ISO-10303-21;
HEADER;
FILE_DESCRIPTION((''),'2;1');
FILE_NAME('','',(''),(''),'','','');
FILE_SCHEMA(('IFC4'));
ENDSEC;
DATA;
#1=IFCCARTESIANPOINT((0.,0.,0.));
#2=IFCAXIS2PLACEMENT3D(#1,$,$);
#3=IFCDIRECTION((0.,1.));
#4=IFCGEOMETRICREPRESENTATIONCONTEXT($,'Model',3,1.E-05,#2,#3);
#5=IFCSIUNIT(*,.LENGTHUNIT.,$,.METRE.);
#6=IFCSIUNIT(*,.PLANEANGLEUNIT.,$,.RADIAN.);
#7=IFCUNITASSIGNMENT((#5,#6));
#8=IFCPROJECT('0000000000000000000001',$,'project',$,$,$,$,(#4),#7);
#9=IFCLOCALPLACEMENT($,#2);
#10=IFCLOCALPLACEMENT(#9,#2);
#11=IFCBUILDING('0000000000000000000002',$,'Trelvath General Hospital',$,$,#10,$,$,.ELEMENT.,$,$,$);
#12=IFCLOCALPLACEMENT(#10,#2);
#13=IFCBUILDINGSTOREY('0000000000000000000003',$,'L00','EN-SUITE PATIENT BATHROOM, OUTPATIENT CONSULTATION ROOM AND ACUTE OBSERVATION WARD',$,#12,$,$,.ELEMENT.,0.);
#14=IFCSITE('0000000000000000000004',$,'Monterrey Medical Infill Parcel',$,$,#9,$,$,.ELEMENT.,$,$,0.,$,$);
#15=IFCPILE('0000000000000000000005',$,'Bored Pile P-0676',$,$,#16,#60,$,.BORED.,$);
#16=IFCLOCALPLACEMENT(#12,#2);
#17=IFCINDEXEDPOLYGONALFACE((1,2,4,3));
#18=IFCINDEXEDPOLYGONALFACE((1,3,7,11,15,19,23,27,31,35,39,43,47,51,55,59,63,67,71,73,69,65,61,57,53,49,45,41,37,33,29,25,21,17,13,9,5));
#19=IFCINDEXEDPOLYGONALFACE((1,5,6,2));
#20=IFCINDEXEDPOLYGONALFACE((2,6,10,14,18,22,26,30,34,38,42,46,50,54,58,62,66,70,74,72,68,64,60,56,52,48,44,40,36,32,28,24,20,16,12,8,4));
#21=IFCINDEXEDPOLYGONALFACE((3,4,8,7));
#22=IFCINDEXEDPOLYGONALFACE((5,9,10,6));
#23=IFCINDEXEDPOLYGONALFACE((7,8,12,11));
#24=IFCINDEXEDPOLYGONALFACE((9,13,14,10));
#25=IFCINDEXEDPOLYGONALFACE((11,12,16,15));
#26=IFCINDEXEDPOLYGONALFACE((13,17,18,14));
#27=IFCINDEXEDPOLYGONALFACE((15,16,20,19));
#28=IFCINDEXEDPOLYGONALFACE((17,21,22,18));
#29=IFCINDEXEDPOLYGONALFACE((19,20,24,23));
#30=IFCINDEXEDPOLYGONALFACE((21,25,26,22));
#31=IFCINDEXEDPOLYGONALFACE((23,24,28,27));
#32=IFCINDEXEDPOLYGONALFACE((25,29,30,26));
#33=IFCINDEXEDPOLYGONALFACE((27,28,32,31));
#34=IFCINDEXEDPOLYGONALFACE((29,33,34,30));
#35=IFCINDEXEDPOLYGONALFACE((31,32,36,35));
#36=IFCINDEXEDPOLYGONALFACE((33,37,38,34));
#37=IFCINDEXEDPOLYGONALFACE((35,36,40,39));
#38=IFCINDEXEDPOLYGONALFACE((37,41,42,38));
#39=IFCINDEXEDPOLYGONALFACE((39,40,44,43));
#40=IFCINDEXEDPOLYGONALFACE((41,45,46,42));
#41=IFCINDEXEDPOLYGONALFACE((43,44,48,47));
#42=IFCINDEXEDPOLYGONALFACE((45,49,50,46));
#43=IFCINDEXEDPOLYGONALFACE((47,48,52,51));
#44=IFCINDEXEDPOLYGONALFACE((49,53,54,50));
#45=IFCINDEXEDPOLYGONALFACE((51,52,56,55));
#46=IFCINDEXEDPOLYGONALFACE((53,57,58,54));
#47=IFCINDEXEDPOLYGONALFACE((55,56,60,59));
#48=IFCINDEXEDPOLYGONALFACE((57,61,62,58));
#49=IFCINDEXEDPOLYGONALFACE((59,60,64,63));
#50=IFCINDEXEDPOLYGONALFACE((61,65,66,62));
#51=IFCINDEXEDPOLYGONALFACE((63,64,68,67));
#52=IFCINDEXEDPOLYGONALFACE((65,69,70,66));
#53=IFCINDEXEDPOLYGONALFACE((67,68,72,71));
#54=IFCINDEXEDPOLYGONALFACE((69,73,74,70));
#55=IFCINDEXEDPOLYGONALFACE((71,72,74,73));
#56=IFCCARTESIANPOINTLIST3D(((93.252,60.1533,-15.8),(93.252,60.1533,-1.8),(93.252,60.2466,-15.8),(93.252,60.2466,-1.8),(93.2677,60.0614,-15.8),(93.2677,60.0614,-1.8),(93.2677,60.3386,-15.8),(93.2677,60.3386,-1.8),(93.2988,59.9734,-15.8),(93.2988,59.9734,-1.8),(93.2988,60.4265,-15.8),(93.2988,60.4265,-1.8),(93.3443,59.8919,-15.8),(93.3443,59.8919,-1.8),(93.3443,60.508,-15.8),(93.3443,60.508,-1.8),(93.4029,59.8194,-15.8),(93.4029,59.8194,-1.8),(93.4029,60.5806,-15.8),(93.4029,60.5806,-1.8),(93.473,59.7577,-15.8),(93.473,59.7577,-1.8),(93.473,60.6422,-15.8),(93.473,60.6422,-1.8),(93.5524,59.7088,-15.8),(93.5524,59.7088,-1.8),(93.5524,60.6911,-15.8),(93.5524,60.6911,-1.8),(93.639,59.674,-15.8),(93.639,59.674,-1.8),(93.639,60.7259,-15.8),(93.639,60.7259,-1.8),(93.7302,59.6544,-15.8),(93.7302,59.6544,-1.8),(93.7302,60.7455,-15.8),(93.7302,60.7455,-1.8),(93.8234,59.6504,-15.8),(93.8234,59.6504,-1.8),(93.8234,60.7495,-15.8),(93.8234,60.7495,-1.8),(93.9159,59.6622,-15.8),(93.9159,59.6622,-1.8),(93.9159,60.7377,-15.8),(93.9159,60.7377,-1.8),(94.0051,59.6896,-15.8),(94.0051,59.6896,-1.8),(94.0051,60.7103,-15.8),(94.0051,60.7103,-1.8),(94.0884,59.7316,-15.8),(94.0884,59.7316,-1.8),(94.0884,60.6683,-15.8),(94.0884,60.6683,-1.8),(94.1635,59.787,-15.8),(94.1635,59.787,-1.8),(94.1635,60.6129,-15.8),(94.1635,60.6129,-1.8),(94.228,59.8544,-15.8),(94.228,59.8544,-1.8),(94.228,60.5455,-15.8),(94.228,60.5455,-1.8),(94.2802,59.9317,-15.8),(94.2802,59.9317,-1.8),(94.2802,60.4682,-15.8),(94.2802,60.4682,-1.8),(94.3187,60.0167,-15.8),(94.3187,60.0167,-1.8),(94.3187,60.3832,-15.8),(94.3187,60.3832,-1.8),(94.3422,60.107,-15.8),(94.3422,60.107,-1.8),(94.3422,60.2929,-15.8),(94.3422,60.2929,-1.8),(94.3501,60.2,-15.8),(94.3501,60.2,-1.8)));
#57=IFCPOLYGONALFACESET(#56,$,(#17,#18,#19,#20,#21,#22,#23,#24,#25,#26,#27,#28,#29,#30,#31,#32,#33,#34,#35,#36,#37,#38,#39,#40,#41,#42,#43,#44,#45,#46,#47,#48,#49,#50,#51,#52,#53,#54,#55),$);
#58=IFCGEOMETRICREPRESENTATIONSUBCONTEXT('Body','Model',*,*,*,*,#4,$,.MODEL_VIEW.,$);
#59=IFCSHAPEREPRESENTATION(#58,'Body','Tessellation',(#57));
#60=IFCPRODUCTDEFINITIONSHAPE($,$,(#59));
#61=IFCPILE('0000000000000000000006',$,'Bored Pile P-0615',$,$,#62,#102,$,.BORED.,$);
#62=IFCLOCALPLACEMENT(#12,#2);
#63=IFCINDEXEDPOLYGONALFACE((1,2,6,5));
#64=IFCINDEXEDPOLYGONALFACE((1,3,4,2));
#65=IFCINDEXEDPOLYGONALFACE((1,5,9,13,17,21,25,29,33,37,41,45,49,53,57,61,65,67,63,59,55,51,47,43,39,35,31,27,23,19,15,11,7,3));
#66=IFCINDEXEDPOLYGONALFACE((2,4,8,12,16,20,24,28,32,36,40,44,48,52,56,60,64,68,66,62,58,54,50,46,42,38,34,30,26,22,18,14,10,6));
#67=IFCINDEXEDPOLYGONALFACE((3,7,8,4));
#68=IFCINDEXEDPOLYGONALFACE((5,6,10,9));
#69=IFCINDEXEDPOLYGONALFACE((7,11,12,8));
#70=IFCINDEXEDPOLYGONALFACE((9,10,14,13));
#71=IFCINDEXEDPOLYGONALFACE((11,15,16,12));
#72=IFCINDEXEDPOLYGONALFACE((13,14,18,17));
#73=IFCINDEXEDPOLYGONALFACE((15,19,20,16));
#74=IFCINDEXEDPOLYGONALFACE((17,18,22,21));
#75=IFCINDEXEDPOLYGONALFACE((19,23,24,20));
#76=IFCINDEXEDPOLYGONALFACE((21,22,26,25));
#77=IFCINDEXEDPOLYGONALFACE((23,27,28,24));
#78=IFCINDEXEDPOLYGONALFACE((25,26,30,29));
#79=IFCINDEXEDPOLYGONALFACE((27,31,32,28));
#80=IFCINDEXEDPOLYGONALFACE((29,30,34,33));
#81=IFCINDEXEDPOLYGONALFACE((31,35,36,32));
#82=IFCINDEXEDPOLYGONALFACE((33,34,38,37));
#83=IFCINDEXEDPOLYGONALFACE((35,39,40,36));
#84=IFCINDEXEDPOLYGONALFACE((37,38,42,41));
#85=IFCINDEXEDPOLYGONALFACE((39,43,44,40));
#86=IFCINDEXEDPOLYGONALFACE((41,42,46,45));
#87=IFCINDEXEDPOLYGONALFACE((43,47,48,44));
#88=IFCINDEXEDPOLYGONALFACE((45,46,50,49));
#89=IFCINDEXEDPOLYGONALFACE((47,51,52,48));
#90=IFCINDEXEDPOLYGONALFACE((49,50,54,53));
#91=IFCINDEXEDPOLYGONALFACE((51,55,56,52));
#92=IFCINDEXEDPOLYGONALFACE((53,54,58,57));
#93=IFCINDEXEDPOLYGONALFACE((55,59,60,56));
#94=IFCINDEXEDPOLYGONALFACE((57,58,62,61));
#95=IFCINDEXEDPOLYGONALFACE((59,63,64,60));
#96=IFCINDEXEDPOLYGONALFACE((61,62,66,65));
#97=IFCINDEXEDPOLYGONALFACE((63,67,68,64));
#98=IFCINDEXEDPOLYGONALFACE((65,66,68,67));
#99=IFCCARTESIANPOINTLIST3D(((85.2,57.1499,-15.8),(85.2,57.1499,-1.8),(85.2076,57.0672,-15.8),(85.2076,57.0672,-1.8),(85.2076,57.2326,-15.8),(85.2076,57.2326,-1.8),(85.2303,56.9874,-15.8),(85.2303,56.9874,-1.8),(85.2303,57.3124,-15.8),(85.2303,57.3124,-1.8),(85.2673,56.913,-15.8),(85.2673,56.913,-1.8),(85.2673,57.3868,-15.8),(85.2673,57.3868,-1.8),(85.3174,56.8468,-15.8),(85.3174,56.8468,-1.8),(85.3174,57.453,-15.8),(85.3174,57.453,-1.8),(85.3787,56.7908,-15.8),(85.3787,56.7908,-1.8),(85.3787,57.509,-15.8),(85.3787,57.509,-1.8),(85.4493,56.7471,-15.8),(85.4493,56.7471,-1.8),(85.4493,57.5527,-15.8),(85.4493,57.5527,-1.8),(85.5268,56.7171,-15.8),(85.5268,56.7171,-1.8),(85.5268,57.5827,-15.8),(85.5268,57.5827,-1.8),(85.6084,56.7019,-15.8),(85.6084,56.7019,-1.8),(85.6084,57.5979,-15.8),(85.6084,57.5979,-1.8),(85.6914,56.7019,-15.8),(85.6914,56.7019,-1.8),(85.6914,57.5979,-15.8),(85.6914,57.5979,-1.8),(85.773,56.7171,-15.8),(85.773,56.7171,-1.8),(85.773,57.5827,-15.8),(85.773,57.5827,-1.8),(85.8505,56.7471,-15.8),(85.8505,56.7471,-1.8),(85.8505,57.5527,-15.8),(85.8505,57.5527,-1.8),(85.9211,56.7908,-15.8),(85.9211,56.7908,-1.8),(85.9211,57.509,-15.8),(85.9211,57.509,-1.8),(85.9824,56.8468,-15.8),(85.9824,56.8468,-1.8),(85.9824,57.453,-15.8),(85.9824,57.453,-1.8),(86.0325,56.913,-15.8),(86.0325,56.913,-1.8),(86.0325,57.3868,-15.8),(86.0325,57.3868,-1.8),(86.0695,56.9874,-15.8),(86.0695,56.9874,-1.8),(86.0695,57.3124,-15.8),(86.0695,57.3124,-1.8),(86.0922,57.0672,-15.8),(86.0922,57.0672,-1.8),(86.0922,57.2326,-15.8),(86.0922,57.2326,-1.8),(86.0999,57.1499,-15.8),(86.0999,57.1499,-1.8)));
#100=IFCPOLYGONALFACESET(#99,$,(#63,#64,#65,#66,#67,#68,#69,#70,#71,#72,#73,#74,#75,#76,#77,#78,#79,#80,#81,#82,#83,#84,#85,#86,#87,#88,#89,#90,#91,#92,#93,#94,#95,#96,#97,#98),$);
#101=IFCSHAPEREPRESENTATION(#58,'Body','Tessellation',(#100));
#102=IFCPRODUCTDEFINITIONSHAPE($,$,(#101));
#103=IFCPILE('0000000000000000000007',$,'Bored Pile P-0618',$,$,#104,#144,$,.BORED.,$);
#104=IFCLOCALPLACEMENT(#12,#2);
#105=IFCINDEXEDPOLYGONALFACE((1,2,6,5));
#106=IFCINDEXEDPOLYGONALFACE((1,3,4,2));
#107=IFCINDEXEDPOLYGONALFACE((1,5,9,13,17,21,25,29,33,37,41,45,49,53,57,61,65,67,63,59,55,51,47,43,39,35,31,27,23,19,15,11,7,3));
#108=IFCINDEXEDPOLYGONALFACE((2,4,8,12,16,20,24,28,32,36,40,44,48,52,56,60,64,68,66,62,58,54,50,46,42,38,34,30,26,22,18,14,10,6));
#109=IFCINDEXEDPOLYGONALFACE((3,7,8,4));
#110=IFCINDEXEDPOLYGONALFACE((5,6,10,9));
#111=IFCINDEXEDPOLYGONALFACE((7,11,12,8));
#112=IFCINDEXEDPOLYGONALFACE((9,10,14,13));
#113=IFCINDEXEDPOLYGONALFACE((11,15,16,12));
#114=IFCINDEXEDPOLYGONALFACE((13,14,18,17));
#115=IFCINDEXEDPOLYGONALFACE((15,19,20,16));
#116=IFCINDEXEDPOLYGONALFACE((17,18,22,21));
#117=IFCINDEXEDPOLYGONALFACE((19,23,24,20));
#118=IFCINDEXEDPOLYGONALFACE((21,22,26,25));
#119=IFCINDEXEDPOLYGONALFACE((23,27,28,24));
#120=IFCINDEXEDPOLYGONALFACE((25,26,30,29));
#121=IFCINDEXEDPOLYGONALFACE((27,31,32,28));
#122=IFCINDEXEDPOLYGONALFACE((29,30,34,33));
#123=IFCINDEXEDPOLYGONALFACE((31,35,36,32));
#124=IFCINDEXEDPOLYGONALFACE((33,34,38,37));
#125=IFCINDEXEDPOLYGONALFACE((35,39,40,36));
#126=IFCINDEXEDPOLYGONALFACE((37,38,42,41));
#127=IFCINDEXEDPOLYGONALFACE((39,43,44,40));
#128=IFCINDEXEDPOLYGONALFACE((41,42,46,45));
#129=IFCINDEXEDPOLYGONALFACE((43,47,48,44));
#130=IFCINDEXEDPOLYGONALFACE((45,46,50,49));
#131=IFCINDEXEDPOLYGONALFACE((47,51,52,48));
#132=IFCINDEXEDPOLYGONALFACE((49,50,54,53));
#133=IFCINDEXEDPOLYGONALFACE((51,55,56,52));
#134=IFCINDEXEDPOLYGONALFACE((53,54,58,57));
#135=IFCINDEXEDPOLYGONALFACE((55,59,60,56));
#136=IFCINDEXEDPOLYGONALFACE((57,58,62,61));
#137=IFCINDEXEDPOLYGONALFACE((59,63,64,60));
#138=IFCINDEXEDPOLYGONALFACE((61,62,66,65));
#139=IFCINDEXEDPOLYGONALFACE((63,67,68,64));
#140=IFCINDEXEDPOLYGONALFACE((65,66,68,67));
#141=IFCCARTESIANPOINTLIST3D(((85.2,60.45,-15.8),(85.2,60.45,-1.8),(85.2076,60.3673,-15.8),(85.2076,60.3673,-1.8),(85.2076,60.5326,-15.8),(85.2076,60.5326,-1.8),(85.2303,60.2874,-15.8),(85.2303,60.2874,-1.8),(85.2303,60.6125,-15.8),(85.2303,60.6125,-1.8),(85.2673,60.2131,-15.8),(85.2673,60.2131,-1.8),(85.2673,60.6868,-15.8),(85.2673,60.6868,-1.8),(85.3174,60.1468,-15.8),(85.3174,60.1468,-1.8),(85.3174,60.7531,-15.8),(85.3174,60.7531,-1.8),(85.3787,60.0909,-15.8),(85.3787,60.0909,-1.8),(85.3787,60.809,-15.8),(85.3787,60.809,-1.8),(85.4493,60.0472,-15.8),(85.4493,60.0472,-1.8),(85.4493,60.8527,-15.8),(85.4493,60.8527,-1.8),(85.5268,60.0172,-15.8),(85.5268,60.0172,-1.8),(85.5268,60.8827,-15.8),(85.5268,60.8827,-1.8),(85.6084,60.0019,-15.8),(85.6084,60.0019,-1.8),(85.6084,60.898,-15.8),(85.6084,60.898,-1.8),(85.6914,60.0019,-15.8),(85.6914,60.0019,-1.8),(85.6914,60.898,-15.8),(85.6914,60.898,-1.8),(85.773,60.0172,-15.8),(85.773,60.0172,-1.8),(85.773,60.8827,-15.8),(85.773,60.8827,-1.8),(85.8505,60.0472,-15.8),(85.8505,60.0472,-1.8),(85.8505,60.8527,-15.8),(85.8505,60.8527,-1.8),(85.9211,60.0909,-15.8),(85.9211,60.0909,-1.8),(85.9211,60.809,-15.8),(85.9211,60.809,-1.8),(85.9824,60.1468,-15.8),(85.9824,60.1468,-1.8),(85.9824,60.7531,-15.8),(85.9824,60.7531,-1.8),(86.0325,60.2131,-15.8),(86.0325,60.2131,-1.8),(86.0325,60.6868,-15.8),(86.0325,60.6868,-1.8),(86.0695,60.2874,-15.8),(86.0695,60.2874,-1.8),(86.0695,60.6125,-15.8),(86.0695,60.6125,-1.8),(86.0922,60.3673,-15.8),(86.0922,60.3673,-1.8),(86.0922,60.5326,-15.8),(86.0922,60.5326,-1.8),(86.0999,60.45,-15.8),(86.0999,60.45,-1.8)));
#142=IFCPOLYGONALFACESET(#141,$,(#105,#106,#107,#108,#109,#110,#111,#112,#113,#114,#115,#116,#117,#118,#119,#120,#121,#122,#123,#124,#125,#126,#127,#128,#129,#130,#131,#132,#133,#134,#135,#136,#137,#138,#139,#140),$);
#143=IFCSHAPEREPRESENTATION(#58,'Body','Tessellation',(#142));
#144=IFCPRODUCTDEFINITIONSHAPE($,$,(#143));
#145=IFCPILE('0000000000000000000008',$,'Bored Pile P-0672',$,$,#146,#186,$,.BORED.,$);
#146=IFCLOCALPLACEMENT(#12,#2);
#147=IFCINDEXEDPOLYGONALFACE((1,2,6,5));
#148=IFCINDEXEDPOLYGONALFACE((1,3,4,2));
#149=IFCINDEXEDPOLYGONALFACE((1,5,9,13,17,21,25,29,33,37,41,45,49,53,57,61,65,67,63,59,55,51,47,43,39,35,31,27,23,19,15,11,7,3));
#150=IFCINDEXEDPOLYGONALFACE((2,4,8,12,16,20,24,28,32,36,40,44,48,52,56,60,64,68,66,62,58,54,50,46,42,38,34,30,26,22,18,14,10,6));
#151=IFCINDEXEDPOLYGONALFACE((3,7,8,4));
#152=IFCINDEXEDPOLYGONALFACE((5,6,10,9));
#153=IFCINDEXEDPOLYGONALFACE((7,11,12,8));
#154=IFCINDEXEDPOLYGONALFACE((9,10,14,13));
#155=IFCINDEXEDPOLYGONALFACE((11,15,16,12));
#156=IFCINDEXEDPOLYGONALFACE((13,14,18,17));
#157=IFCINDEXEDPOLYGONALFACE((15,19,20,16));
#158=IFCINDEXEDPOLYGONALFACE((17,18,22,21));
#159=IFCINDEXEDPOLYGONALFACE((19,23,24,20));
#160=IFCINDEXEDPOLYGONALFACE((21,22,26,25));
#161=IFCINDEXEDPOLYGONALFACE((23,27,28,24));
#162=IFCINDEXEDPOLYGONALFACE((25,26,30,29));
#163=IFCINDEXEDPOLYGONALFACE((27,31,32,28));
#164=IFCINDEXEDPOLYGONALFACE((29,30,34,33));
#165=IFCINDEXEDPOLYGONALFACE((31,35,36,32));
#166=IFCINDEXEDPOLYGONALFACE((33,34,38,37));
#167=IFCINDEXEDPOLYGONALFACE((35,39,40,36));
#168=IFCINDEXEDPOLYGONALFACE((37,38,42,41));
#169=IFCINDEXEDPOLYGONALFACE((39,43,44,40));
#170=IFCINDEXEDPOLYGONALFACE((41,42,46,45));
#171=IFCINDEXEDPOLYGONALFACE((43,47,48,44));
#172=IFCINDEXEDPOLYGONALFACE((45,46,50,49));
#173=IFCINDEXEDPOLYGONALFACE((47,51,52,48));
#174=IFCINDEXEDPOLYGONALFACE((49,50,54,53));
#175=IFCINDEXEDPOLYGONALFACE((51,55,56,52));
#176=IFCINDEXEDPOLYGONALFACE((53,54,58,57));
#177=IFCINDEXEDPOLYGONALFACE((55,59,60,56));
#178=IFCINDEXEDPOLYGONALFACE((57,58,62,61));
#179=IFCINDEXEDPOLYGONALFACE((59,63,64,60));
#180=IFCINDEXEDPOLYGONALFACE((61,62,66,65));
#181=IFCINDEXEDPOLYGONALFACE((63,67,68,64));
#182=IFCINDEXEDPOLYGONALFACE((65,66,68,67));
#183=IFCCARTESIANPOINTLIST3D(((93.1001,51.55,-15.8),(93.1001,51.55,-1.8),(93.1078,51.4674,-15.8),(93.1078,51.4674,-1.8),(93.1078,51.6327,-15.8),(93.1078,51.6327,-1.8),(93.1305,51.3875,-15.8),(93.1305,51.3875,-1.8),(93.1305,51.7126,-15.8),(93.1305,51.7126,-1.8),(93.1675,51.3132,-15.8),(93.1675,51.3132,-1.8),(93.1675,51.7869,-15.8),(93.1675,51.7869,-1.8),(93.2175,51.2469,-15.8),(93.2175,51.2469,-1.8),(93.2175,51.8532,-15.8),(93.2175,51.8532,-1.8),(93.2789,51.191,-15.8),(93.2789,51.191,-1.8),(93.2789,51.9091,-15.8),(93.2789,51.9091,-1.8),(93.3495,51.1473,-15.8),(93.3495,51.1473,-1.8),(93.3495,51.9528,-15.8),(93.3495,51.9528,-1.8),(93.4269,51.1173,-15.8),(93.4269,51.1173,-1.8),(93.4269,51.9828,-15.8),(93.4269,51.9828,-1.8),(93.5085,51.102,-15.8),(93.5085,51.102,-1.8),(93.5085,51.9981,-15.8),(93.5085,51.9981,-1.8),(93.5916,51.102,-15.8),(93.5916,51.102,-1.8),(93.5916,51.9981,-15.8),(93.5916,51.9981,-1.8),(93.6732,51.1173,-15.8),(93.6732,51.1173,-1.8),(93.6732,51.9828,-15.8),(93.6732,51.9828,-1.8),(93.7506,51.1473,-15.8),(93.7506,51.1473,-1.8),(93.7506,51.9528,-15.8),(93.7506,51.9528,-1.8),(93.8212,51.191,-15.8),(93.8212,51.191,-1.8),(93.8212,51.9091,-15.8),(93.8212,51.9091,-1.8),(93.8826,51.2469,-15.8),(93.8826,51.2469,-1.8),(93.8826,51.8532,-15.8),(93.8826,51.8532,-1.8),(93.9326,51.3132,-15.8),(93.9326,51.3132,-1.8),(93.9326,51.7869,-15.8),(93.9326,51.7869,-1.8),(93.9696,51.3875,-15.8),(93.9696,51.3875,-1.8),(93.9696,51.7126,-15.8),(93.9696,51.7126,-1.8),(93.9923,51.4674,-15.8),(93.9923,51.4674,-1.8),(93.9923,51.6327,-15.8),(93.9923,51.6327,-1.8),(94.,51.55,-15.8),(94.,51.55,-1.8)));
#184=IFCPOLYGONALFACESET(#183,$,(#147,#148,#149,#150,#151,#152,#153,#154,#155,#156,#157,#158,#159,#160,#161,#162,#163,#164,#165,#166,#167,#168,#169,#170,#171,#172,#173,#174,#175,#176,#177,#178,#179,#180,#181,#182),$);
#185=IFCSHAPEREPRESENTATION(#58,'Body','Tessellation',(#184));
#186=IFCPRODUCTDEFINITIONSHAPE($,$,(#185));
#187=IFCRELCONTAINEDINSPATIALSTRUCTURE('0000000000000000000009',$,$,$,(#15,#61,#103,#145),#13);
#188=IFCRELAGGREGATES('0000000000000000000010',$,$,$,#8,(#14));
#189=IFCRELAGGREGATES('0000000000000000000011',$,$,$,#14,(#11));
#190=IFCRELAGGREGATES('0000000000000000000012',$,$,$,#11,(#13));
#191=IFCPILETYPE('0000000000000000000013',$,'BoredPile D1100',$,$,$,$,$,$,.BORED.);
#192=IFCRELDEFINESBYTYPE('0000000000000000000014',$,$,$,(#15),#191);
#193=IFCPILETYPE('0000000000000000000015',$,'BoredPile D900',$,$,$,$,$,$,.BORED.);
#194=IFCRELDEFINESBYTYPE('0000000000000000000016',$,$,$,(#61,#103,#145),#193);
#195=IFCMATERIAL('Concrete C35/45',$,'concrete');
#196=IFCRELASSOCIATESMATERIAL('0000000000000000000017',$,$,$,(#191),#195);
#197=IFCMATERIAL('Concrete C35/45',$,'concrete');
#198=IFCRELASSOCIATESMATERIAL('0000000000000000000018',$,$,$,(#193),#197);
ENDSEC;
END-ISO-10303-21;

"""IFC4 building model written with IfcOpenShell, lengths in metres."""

from ifc_helpers import new_model, si_unit, direction, frame, origin, origin_2d, place, context, subcontext, project, spatial, circle, extrude, material, material_profile, profile_set, type_object, element, save


model = new_model("IFC4")

# Units and contexts
model_context = context("Model", 3, precision=1e-05, world=origin(), true_north=direction((0.0, 1.0)))
body_context = subcontext(model_context, "Body", "Model", "MODEL_VIEW")
ifc_project = project(units=[si_unit("LENGTHUNIT", "METRE"), si_unit("PLANEANGLEUNIT", "RADIAN")], contexts=[model_context])

# Site, building, storey
site_placement = place(None, origin())
site = spatial("IfcSite", under=ifc_project, at=site_placement, Name="Monterrey Medical Infill Parcel", CompositionType="ELEMENT", RefElevation=0.0)
building_placement = place(site_placement, origin())
building = spatial("IfcBuilding", under=site, at=building_placement, Name="Trelvath General Hospital", CompositionType="ELEMENT")
storey_placement = place(building_placement, origin())
storey = spatial("IfcBuildingStorey", under=building, at=storey_placement, Name="L00", Description="EN-SUITE PATIENT BATHROOM, OUTPATIENT CONSULTATION ROOM AND ACUTE OBSERVATION WARD", CompositionType="ELEMENT", Elevation=0.0)

# Piles
ifc_material_1 = material(Name="Concrete C35/45", Category="concrete")
ifc_material_profile_1 = material_profile(ifc_material_1, circle(Radius=0.55, at=origin_2d()), Name="PILE1100")
ifc_profile_set_1 = profile_set([ifc_material_profile_1], Name="Concrete C35/45")
pile_type_1 = type_object("IfcPileType", Name="BoredPile D1100", PredefinedType="BORED", material=ifc_profile_set_1)
for number, where, z_axis, x_axis, name in (
    (1, (93.8, 60.2, -1.8), (0.0, 0.0, -1.0), (1.0, 0.0, 0.0), "Bored Pile P-0676"),
):
    element("IfcPile", number, at=place(storey_placement, frame(where, z_axis=z_axis, x_axis=x_axis)), inside=storey, type_object=pile_type_1, Name=name, PredefinedType="BORED", context=body_context, shape_type="SweptSolid", body=[
        extrude(circle(Radius=0.55, at=origin_2d()), origin(), (0.0, 0.0, 1.0), 14.0),
    ])
ifc_material_2 = material(Name="Concrete C35/45", Category="concrete")
ifc_material_profile_2 = material_profile(ifc_material_2, circle(Radius=0.45, at=origin_2d()), Name="PILE900")
ifc_profile_set_2 = profile_set([ifc_material_profile_2], Name="Concrete C35/45")
pile_type_2 = type_object("IfcPileType", Name="BoredPile D900", PredefinedType="BORED", material=ifc_profile_set_2)
for number, where, z_axis, x_axis, name in (
    (2, (85.6499, 57.1499, -1.8), (0.0, 0.0, -1.0), (1.0, 0.0, 0.0), "Bored Pile P-0615"),
    (3, (85.6499, 60.45, -1.8), (0.0, 0.0, -1.0), (1.0, 0.0, 0.0), "Bored Pile P-0618"),
    (4, (93.55, 51.55, -1.8), (0.0, 0.0, -1.0), (1.0, 0.0, 0.0), "Bored Pile P-0672"),
):
    element("IfcPile", number, at=place(storey_placement, frame(where, z_axis=z_axis, x_axis=x_axis)), inside=storey, type_object=pile_type_2, Name=name, PredefinedType="BORED", context=body_context, shape_type="SweptSolid", body=[
        extrude(circle(Radius=0.45, at=origin_2d()), origin(), (0.0, 0.0, 1.0), 14.0),
    ])

save(model, "model.ifc")
